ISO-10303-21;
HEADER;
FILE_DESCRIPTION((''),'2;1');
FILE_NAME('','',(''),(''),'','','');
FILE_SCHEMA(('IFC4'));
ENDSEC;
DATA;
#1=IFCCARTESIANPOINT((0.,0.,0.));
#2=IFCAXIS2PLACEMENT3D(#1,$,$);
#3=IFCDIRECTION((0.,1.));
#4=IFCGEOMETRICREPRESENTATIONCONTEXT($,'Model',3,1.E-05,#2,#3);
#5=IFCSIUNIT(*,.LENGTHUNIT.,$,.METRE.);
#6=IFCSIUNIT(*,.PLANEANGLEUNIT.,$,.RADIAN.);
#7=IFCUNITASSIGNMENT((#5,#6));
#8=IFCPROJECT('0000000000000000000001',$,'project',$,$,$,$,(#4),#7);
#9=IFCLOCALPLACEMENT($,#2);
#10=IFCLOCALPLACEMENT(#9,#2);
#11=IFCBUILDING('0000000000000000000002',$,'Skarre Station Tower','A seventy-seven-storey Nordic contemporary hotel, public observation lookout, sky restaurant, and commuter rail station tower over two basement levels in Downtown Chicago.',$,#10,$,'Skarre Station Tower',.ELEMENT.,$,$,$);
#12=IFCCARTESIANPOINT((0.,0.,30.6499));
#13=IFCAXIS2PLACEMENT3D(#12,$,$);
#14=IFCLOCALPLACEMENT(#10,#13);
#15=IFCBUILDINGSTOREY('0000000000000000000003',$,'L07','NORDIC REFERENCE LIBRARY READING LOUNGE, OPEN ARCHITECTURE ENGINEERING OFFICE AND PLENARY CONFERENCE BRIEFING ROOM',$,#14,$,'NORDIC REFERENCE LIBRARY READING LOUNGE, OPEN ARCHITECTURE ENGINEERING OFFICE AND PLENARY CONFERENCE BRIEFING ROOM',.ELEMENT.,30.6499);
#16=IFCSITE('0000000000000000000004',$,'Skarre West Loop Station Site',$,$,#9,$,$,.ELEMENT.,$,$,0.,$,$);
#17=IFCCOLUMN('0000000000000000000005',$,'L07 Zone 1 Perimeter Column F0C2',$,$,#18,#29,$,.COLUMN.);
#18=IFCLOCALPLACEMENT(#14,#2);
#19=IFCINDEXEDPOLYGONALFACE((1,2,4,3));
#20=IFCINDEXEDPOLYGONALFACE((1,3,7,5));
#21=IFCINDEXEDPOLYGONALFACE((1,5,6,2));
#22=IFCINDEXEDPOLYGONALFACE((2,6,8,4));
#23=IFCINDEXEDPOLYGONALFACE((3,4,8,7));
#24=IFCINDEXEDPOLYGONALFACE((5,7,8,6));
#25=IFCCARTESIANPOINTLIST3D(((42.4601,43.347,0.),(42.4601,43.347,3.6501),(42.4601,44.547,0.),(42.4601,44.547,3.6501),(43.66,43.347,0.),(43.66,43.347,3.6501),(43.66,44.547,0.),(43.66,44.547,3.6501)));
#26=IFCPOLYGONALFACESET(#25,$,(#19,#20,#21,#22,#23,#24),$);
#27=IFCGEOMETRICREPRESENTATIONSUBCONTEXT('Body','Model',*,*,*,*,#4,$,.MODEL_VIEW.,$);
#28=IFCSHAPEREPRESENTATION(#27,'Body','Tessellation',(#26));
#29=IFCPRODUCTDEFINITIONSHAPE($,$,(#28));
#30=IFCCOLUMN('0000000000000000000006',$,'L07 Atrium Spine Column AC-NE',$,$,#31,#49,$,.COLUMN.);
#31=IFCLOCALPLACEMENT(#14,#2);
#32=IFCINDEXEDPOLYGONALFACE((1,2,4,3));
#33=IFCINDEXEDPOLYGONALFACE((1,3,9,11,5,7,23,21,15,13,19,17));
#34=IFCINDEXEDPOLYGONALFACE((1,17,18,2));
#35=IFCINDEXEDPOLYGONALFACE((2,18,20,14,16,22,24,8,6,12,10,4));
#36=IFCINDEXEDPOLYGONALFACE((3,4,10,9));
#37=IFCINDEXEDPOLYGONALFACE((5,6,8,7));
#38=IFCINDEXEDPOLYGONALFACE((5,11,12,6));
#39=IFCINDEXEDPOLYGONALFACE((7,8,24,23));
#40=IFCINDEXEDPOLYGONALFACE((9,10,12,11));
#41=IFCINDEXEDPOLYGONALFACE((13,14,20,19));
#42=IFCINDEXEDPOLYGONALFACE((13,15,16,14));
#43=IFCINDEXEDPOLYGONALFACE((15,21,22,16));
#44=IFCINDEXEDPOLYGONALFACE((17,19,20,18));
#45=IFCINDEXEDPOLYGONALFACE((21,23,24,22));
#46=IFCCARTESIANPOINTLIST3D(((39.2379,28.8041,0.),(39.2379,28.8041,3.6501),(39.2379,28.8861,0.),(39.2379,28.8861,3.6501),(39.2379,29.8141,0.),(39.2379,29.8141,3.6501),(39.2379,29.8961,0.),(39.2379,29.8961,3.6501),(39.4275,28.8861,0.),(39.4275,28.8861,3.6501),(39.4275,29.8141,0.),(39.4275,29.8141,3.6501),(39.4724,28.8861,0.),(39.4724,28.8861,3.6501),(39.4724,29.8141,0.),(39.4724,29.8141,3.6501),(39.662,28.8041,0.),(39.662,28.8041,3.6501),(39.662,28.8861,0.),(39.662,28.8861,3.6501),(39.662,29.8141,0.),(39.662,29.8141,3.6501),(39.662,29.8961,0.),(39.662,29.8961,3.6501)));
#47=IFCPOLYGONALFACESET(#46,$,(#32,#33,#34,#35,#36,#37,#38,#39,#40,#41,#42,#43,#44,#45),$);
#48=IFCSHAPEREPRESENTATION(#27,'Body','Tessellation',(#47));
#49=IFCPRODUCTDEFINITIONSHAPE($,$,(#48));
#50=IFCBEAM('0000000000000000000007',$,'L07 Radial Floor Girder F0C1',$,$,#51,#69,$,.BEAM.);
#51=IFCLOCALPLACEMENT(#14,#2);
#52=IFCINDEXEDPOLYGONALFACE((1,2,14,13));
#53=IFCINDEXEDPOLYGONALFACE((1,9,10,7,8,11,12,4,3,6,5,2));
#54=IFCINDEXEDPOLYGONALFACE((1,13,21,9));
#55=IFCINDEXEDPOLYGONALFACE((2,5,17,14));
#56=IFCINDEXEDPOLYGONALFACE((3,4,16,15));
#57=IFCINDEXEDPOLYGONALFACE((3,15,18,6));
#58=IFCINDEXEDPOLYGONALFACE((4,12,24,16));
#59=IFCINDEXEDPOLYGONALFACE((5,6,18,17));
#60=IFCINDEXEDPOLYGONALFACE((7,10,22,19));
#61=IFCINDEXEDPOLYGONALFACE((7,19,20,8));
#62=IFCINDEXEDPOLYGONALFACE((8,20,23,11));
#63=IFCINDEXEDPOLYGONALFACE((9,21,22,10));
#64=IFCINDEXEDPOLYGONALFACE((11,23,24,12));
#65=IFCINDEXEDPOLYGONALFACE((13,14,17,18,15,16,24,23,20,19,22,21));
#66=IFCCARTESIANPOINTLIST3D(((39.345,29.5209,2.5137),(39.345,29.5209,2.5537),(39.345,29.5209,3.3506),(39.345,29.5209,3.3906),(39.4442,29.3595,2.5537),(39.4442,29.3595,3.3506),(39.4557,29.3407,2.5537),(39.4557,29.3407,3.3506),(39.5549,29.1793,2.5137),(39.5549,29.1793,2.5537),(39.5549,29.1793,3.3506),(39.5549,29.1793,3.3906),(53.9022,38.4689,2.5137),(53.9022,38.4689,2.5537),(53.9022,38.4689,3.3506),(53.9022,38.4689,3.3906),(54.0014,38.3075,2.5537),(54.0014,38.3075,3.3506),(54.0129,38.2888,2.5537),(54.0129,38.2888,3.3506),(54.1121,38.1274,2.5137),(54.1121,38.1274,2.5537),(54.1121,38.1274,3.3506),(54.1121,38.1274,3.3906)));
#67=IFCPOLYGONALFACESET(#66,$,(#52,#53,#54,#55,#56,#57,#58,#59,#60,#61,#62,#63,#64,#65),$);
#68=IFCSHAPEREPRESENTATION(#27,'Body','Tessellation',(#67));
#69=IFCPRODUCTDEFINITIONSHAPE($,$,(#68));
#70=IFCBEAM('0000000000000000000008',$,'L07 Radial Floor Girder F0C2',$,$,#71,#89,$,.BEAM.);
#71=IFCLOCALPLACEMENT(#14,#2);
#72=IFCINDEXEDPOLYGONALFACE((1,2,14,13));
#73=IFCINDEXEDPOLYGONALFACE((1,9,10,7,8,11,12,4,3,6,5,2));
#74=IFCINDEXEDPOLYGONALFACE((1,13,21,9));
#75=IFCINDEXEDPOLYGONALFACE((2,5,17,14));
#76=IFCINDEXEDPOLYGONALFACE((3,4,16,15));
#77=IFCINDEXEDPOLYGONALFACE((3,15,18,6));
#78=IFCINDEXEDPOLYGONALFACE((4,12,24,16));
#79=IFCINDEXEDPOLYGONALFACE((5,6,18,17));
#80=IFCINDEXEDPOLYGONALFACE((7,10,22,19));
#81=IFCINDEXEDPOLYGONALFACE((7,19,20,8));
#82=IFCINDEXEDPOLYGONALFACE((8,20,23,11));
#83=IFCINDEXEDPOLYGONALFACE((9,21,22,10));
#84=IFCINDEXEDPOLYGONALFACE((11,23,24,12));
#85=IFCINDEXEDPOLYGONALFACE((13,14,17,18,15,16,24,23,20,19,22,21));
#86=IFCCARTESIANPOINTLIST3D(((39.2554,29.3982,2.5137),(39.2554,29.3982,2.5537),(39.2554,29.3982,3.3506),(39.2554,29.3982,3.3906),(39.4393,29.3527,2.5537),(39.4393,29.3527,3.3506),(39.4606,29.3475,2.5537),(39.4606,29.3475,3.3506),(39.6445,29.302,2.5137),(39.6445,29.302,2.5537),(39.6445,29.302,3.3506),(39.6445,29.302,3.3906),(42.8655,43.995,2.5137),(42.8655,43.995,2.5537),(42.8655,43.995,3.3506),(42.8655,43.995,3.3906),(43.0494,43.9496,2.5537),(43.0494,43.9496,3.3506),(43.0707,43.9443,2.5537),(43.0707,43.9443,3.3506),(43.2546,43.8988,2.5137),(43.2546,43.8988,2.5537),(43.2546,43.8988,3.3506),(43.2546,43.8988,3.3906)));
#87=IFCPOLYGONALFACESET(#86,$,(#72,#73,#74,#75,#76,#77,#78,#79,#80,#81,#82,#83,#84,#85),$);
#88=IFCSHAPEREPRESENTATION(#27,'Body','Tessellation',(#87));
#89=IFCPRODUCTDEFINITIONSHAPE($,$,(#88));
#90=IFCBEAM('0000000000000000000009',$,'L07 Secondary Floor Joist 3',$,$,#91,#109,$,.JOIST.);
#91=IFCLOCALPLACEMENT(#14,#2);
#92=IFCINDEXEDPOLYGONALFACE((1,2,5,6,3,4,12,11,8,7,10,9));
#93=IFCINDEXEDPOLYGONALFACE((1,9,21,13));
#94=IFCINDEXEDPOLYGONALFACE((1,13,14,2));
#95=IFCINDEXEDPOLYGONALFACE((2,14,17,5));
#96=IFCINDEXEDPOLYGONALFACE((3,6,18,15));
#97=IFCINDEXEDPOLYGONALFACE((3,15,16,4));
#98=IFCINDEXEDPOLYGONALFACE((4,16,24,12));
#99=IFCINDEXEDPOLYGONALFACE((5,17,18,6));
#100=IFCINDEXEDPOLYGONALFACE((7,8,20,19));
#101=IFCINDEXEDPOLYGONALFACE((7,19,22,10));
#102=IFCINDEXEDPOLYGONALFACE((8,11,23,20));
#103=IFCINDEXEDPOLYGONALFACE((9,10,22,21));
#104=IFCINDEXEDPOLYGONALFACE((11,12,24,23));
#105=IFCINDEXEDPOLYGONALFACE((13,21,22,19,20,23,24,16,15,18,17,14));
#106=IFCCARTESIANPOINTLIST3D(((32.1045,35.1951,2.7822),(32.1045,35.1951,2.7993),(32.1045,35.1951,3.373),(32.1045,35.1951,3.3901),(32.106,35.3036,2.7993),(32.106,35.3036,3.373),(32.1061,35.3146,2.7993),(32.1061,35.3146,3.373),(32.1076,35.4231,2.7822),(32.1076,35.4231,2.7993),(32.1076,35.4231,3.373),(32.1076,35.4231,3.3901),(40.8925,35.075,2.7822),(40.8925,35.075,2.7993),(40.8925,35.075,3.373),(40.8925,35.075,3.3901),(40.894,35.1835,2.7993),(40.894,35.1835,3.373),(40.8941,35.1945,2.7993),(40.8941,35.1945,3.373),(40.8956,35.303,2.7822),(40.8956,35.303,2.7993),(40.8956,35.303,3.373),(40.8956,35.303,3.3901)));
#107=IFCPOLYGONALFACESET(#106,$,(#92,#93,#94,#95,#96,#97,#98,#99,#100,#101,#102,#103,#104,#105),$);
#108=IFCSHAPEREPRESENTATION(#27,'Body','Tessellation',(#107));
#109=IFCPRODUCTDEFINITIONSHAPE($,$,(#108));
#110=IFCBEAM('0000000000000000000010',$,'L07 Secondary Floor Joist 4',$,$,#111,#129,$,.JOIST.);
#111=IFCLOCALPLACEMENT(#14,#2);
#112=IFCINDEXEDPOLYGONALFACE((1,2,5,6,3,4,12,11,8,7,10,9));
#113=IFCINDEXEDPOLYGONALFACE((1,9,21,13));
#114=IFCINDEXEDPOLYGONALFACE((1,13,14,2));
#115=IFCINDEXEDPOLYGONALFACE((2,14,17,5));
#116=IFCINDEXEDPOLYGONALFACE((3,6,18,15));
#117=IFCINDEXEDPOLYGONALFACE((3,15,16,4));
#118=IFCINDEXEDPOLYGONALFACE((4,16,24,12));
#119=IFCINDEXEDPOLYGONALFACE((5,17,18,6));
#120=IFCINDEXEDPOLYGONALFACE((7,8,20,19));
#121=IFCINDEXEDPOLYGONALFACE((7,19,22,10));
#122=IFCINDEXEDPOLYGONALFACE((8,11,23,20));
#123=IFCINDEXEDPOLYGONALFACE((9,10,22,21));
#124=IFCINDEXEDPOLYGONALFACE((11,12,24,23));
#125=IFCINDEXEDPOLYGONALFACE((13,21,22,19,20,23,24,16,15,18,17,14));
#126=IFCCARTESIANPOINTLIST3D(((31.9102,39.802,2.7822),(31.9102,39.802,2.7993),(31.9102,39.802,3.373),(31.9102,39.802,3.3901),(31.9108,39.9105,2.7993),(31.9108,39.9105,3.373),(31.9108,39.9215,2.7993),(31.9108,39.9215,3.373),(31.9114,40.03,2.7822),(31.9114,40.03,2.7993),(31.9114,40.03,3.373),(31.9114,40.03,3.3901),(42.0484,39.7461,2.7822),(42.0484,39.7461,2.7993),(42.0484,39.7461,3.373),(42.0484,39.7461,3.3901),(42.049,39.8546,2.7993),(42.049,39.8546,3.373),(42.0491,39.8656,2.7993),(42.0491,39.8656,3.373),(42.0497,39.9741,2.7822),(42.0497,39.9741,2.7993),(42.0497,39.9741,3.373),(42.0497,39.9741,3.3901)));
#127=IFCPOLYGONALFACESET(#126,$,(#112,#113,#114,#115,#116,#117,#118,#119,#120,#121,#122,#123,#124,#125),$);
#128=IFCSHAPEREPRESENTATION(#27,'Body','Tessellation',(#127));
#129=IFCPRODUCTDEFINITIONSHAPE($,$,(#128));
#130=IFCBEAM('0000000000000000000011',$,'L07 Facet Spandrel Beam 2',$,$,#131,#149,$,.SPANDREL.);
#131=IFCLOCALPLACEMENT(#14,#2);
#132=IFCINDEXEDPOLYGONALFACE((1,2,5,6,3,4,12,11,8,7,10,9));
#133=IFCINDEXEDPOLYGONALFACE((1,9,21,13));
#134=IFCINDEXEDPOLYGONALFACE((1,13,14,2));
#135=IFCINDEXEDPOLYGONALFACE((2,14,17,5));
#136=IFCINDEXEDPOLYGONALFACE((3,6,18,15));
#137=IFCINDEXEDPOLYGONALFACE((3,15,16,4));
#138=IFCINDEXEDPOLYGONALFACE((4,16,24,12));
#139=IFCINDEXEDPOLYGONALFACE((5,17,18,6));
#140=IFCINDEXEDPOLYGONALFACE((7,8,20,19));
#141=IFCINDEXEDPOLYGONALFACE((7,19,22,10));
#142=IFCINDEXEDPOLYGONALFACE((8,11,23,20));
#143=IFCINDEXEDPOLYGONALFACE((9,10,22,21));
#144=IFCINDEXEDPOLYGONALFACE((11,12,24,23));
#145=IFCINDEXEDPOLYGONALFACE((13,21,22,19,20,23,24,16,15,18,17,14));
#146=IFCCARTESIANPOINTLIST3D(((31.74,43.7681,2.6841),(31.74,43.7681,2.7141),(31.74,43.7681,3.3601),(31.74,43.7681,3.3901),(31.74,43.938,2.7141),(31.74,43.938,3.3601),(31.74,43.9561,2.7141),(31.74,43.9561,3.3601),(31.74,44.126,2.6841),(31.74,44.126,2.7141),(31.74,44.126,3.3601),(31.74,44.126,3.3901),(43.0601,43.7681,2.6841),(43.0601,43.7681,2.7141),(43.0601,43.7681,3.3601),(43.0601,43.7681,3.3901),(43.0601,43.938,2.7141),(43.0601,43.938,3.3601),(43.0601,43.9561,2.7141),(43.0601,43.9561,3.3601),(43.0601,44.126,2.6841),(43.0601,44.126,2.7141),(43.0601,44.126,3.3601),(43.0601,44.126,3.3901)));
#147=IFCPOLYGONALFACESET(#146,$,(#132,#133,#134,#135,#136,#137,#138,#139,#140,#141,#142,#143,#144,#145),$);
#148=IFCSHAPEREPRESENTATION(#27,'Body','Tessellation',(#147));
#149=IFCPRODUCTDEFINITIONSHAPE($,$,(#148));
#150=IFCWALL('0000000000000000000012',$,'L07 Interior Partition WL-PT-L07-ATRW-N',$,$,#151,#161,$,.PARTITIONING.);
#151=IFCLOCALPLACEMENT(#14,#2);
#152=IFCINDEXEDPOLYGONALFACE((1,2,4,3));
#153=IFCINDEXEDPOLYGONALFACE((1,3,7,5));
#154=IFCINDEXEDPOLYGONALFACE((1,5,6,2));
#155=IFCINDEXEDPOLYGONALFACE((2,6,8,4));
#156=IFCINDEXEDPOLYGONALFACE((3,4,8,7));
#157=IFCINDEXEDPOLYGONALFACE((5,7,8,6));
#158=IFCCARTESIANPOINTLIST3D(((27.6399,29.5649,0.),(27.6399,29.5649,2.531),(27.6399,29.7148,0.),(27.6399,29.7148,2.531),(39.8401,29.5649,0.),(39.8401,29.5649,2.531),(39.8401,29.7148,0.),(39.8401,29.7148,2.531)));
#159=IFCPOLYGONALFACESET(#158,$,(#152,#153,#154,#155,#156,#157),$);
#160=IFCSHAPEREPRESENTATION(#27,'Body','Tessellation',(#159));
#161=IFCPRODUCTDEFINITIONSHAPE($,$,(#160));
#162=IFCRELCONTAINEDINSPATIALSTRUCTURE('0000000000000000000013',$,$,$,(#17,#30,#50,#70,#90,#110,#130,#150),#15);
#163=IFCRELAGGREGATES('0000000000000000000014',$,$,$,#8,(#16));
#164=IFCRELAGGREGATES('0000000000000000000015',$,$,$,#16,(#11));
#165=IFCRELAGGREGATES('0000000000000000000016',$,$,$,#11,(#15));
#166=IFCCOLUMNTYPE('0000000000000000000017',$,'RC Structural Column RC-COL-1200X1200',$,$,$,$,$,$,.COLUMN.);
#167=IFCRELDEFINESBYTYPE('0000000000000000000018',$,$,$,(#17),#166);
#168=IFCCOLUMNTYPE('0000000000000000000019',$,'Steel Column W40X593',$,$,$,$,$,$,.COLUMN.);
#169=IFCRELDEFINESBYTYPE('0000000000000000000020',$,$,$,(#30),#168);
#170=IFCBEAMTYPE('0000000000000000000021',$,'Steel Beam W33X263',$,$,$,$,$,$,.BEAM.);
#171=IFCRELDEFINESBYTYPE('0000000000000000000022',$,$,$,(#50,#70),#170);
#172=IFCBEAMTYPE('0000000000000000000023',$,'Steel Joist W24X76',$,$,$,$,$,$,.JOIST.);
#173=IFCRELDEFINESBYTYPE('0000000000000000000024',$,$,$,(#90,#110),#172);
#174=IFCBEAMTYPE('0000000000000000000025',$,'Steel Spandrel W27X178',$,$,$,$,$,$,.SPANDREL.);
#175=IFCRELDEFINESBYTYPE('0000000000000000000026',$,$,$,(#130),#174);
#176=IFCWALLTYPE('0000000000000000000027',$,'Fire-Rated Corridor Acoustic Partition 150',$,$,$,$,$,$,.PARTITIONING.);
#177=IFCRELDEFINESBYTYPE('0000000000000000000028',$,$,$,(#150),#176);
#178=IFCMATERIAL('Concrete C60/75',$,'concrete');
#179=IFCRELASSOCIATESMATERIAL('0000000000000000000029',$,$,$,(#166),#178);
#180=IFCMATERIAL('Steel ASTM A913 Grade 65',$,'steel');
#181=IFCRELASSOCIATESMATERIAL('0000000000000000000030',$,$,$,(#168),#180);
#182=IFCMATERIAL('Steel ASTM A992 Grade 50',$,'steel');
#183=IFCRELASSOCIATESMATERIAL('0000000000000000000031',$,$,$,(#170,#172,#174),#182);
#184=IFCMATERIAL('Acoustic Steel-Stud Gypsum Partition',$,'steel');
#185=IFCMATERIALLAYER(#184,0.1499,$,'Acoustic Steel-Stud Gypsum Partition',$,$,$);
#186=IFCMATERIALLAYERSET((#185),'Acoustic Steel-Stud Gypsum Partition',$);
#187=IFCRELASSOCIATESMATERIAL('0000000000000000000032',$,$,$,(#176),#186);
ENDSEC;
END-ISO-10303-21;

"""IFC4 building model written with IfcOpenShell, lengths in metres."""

from ifc_helpers import new_model, si_unit, direction, frame, frame_2d, origin, origin_2d, place, context, subcontext, project, spatial, rectangle, i_section, extrude, material, layer, layer_set, material_profile, profile_set, type_object, element, save


model = new_model("IFC4")

# Units and contexts
model_context = context("Model", 3, precision=1e-05, world=origin(), true_north=direction((0.0, 1.0)))
body_context = subcontext(model_context, "Body", "Model", "MODEL_VIEW")
ifc_project = project(units=[si_unit("LENGTHUNIT", "METRE"), si_unit("PLANEANGLEUNIT", "RADIAN")], contexts=[model_context])

# Site, building, storey
site_placement = place(None, origin())
site = spatial("IfcSite", under=ifc_project, at=site_placement, Name="Skarre West Loop Station Site", CompositionType="ELEMENT", RefElevation=0.0)
building_placement = place(site_placement, origin())
building = spatial("IfcBuilding", under=site, at=building_placement, Name="Skarre Station Tower", Description="A seventy-seven-storey Nordic contemporary hotel, public observation lookout, sky restaurant, and commuter rail station tower over two basement levels in Downtown Chicago.", LongName="Skarre Station Tower", CompositionType="ELEMENT")
storey_placement = place(building_placement, frame((0.0, 0.0, 30.6499)))
storey = spatial("IfcBuildingStorey", under=building, at=storey_placement, Name="L07", Description="NORDIC REFERENCE LIBRARY READING LOUNGE, OPEN ARCHITECTURE ENGINEERING OFFICE AND PLENARY CONFERENCE BRIEFING ROOM", LongName="NORDIC REFERENCE LIBRARY READING LOUNGE, OPEN ARCHITECTURE ENGINEERING OFFICE AND PLENARY CONFERENCE BRIEFING ROOM", CompositionType="ELEMENT", Elevation=30.6499)

# Columns
ifc_material_1 = material(Name="Concrete C60/75", Category="concrete")
ifc_material_profile_1 = material_profile(ifc_material_1, rectangle(XDim=1.2, YDim=1.2, at=origin_2d()), Name="Concrete C60/75")
ifc_profile_set_1 = profile_set([ifc_material_profile_1], Name="Concrete C60/75")
column_type_1 = type_object("IfcColumnType", Name="RC Structural Column RC-COL-1200X1200", PredefinedType="COLUMN", material=ifc_profile_set_1)
column_1_placement = place(storey_placement, frame((43.0601, 43.947, 0.0), z_axis=(0.0, 0.0, 1.0), x_axis=(1.0, 0.0, 0.0)))
element("IfcColumn", 1, at=column_1_placement, inside=storey, type_object=column_type_1, Name="L07 Zone 1 Perimeter Column F0C2", PredefinedType="COLUMN", context=body_context, shape_type="SweptSolid", body=[
    extrude(rectangle(XDim=1.2, YDim=1.2, at=origin_2d()), origin(), (0.0, 0.0, 1.0), 3.6501),
])
ifc_material_2 = material(Name="Steel ASTM A913 Grade 65", Category="steel")
ifc_material_profile_2 = material_profile(ifc_material_2, i_section(OverallWidth=0.4241, OverallDepth=1.092, WebThickness=0.0449, FlangeThickness=0.082, at=origin_2d()), Name="Steel ASTM A913 Grade 65")
ifc_profile_set_2 = profile_set([ifc_material_profile_2], Name="Steel ASTM A913 Grade 65")
column_type_2 = type_object("IfcColumnType", Name="Steel Column W40X593", PredefinedType="COLUMN", material=ifc_profile_set_2)
column_2_placement = place(storey_placement, frame((39.45, 29.3501, 0.0), z_axis=(0.0, 0.0, 1.0), x_axis=(1.0, 0.0, 0.0)))
element("IfcColumn", 2, at=column_2_placement, inside=storey, type_object=column_type_2, Name="L07 Atrium Spine Column AC-NE", PredefinedType="COLUMN", context=body_context, shape_type="SweptSolid", body=[
    extrude(i_section(OverallWidth=0.4241, OverallDepth=1.092, WebThickness=0.0449, FlangeThickness=0.082, at=origin_2d()), origin(), (0.0, 0.0, 1.0), 3.6501),
])

# Beams
ifc_material_3 = material(Name="Steel ASTM A992 Grade 50", Category="steel")
ifc_material_profile_3 = material_profile(ifc_material_3, i_section(OverallWidth=0.4009, OverallDepth=0.877, WebThickness=0.022, FlangeThickness=0.04, at=origin_2d()), Name="Steel ASTM A992 Grade 50")
ifc_profile_set_3 = profile_set([ifc_material_profile_3], Name="Steel ASTM A992 Grade 50")
beam_type_1 = type_object("IfcBeamType", Name="Steel Beam W33X263", PredefinedType="BEAM", material=ifc_profile_set_3)
beam_1_placement = place(storey_placement, frame((39.45, 29.3501, 2.9521), z_axis=(0.851926, 0.523663, 0.0), x_axis=(-0.523663, 0.851926, 0.0)))
element("IfcBeam", 3, at=beam_1_placement, inside=storey, type_object=beam_type_1, Name="L07 Radial Floor Girder F0C1", PredefinedType="BEAM", context=body_context, shape_type="SweptSolid", body=[
    extrude(i_section(OverallWidth=0.4009, OverallDepth=0.877, WebThickness=0.022, FlangeThickness=0.04, at=origin_2d()), origin(), (0.0, 0.0, 1.0), 17.0874),
])
beam_2_placement = place(storey_placement, frame((39.45, 29.3501, 2.9521), z_axis=(0.240086, 0.970752, 0.0), x_axis=(-0.970752, 0.240086, 0.0)))
element("IfcBeam", 4, at=beam_2_placement, inside=storey, type_object=beam_type_1, Name="L07 Radial Floor Girder F0C2", PredefinedType="BEAM", context=body_context, shape_type="SweptSolid", body=[
    extrude(i_section(OverallWidth=0.4009, OverallDepth=0.877, WebThickness=0.022, FlangeThickness=0.04, at=origin_2d()), origin(), (0.0, 0.0, 1.0), 15.0366),
])
ifc_material_profile_4 = material_profile(ifc_material_3, i_section(OverallWidth=0.228, OverallDepth=0.6079, WebThickness=0.011, FlangeThickness=0.0171, at=origin_2d()), Name="Steel ASTM A992 Grade 50")
ifc_profile_set_4 = profile_set([ifc_material_profile_4], Name="Steel ASTM A992 Grade 50")
beam_type_2 = type_object("IfcBeamType", Name="Steel Joist W24X76", PredefinedType="JOIST", material=ifc_profile_set_4)
beam_3_placement = place(storey_placement, frame((40.894, 35.189, 3.0862), z_axis=(-0.999907, 0.013667, 0.0), x_axis=(-0.013667, -0.999907, 0.0)))
element("IfcBeam", 5, at=beam_3_placement, inside=storey, type_object=beam_type_2, Name="L07 Secondary Floor Joist 3", PredefinedType="JOIST", context=body_context, shape_type="SweptSolid", body=[
    extrude(i_section(OverallWidth=0.228, OverallDepth=0.6079, WebThickness=0.011, FlangeThickness=0.0171, at=origin_2d()), origin(), (0.0, 0.0, 1.0), 8.7888),
])
beam_4_placement = place(storey_placement, frame((42.0491, 39.8601, 3.0862), z_axis=(-0.999985, 0.005515, 0.0), x_axis=(-0.005515, -0.999985, 0.0)))
element("IfcBeam", 6, at=beam_4_placement, inside=storey, type_object=beam_type_2, Name="L07 Secondary Floor Joist 4", PredefinedType="JOIST", context=body_context, shape_type="SweptSolid", body=[
    extrude(i_section(OverallWidth=0.228, OverallDepth=0.6079, WebThickness=0.011, FlangeThickness=0.0171, at=origin_2d()), origin(), (0.0, 0.0, 1.0), 10.1384),
])
ifc_material_profile_5 = material_profile(ifc_material_3, i_section(OverallWidth=0.3579, OverallDepth=0.7061, WebThickness=0.0181, FlangeThickness=0.03, at=origin_2d()), Name="Steel ASTM A992 Grade 50")
ifc_profile_set_5 = profile_set([ifc_material_profile_5], Name="Steel ASTM A992 Grade 50")
beam_type_3 = type_object("IfcBeamType", Name="Steel Spandrel W27X178", PredefinedType="SPANDREL", material=ifc_profile_set_5)
beam_5_placement = place(storey_placement, frame((43.0601, 43.947, 3.0371), z_axis=(-1.0, 0.0, 0.0), x_axis=(0.0, -1.0, 0.0)))
element("IfcBeam", 7, at=beam_5_placement, inside=storey, type_object=beam_type_3, Name="L07 Facet Spandrel Beam 2", PredefinedType="SPANDREL", context=body_context, shape_type="SweptSolid", body=[
    extrude(i_section(OverallWidth=0.3579, OverallDepth=0.7061, WebThickness=0.0181, FlangeThickness=0.03, at=origin_2d()), origin(), (0.0, 0.0, 1.0), 11.3201),
])

# Wall
ifc_material_4 = material(Name="Acoustic Steel-Stud Gypsum Partition", Category="steel")
ifc_layer_1 = layer(ifc_material_4, 0.1499, Name="Acoustic Steel-Stud Gypsum Partition")
ifc_layer_set_1 = layer_set([ifc_layer_1], Name="Acoustic Steel-Stud Gypsum Partition")
wall_type_1 = type_object("IfcWallType", Name="Fire-Rated Corridor Acoustic Partition 150", PredefinedType="PARTITIONING", material=ifc_layer_set_1)
wall_1_placement = place(storey_placement, frame((39.8401, 29.6399, 0.0), z_axis=(0.0, 0.0, 1.0), x_axis=(-1.0, 0.0, 0.0)))
element("IfcWall", 8, at=wall_1_placement, inside=storey, type_object=wall_type_1, Name="L07 Interior Partition WL-PT-L07-ATRW-N", PredefinedType="PARTITIONING", context=body_context, shape_type="SweptSolid", body=[
    extrude(rectangle(XDim=12.2002, YDim=0.1499, at=frame_2d((6.1001, 0.0))), origin(), (0.0, 0.0, 1.0), 2.531),
])

save(model, "model.ifc")
